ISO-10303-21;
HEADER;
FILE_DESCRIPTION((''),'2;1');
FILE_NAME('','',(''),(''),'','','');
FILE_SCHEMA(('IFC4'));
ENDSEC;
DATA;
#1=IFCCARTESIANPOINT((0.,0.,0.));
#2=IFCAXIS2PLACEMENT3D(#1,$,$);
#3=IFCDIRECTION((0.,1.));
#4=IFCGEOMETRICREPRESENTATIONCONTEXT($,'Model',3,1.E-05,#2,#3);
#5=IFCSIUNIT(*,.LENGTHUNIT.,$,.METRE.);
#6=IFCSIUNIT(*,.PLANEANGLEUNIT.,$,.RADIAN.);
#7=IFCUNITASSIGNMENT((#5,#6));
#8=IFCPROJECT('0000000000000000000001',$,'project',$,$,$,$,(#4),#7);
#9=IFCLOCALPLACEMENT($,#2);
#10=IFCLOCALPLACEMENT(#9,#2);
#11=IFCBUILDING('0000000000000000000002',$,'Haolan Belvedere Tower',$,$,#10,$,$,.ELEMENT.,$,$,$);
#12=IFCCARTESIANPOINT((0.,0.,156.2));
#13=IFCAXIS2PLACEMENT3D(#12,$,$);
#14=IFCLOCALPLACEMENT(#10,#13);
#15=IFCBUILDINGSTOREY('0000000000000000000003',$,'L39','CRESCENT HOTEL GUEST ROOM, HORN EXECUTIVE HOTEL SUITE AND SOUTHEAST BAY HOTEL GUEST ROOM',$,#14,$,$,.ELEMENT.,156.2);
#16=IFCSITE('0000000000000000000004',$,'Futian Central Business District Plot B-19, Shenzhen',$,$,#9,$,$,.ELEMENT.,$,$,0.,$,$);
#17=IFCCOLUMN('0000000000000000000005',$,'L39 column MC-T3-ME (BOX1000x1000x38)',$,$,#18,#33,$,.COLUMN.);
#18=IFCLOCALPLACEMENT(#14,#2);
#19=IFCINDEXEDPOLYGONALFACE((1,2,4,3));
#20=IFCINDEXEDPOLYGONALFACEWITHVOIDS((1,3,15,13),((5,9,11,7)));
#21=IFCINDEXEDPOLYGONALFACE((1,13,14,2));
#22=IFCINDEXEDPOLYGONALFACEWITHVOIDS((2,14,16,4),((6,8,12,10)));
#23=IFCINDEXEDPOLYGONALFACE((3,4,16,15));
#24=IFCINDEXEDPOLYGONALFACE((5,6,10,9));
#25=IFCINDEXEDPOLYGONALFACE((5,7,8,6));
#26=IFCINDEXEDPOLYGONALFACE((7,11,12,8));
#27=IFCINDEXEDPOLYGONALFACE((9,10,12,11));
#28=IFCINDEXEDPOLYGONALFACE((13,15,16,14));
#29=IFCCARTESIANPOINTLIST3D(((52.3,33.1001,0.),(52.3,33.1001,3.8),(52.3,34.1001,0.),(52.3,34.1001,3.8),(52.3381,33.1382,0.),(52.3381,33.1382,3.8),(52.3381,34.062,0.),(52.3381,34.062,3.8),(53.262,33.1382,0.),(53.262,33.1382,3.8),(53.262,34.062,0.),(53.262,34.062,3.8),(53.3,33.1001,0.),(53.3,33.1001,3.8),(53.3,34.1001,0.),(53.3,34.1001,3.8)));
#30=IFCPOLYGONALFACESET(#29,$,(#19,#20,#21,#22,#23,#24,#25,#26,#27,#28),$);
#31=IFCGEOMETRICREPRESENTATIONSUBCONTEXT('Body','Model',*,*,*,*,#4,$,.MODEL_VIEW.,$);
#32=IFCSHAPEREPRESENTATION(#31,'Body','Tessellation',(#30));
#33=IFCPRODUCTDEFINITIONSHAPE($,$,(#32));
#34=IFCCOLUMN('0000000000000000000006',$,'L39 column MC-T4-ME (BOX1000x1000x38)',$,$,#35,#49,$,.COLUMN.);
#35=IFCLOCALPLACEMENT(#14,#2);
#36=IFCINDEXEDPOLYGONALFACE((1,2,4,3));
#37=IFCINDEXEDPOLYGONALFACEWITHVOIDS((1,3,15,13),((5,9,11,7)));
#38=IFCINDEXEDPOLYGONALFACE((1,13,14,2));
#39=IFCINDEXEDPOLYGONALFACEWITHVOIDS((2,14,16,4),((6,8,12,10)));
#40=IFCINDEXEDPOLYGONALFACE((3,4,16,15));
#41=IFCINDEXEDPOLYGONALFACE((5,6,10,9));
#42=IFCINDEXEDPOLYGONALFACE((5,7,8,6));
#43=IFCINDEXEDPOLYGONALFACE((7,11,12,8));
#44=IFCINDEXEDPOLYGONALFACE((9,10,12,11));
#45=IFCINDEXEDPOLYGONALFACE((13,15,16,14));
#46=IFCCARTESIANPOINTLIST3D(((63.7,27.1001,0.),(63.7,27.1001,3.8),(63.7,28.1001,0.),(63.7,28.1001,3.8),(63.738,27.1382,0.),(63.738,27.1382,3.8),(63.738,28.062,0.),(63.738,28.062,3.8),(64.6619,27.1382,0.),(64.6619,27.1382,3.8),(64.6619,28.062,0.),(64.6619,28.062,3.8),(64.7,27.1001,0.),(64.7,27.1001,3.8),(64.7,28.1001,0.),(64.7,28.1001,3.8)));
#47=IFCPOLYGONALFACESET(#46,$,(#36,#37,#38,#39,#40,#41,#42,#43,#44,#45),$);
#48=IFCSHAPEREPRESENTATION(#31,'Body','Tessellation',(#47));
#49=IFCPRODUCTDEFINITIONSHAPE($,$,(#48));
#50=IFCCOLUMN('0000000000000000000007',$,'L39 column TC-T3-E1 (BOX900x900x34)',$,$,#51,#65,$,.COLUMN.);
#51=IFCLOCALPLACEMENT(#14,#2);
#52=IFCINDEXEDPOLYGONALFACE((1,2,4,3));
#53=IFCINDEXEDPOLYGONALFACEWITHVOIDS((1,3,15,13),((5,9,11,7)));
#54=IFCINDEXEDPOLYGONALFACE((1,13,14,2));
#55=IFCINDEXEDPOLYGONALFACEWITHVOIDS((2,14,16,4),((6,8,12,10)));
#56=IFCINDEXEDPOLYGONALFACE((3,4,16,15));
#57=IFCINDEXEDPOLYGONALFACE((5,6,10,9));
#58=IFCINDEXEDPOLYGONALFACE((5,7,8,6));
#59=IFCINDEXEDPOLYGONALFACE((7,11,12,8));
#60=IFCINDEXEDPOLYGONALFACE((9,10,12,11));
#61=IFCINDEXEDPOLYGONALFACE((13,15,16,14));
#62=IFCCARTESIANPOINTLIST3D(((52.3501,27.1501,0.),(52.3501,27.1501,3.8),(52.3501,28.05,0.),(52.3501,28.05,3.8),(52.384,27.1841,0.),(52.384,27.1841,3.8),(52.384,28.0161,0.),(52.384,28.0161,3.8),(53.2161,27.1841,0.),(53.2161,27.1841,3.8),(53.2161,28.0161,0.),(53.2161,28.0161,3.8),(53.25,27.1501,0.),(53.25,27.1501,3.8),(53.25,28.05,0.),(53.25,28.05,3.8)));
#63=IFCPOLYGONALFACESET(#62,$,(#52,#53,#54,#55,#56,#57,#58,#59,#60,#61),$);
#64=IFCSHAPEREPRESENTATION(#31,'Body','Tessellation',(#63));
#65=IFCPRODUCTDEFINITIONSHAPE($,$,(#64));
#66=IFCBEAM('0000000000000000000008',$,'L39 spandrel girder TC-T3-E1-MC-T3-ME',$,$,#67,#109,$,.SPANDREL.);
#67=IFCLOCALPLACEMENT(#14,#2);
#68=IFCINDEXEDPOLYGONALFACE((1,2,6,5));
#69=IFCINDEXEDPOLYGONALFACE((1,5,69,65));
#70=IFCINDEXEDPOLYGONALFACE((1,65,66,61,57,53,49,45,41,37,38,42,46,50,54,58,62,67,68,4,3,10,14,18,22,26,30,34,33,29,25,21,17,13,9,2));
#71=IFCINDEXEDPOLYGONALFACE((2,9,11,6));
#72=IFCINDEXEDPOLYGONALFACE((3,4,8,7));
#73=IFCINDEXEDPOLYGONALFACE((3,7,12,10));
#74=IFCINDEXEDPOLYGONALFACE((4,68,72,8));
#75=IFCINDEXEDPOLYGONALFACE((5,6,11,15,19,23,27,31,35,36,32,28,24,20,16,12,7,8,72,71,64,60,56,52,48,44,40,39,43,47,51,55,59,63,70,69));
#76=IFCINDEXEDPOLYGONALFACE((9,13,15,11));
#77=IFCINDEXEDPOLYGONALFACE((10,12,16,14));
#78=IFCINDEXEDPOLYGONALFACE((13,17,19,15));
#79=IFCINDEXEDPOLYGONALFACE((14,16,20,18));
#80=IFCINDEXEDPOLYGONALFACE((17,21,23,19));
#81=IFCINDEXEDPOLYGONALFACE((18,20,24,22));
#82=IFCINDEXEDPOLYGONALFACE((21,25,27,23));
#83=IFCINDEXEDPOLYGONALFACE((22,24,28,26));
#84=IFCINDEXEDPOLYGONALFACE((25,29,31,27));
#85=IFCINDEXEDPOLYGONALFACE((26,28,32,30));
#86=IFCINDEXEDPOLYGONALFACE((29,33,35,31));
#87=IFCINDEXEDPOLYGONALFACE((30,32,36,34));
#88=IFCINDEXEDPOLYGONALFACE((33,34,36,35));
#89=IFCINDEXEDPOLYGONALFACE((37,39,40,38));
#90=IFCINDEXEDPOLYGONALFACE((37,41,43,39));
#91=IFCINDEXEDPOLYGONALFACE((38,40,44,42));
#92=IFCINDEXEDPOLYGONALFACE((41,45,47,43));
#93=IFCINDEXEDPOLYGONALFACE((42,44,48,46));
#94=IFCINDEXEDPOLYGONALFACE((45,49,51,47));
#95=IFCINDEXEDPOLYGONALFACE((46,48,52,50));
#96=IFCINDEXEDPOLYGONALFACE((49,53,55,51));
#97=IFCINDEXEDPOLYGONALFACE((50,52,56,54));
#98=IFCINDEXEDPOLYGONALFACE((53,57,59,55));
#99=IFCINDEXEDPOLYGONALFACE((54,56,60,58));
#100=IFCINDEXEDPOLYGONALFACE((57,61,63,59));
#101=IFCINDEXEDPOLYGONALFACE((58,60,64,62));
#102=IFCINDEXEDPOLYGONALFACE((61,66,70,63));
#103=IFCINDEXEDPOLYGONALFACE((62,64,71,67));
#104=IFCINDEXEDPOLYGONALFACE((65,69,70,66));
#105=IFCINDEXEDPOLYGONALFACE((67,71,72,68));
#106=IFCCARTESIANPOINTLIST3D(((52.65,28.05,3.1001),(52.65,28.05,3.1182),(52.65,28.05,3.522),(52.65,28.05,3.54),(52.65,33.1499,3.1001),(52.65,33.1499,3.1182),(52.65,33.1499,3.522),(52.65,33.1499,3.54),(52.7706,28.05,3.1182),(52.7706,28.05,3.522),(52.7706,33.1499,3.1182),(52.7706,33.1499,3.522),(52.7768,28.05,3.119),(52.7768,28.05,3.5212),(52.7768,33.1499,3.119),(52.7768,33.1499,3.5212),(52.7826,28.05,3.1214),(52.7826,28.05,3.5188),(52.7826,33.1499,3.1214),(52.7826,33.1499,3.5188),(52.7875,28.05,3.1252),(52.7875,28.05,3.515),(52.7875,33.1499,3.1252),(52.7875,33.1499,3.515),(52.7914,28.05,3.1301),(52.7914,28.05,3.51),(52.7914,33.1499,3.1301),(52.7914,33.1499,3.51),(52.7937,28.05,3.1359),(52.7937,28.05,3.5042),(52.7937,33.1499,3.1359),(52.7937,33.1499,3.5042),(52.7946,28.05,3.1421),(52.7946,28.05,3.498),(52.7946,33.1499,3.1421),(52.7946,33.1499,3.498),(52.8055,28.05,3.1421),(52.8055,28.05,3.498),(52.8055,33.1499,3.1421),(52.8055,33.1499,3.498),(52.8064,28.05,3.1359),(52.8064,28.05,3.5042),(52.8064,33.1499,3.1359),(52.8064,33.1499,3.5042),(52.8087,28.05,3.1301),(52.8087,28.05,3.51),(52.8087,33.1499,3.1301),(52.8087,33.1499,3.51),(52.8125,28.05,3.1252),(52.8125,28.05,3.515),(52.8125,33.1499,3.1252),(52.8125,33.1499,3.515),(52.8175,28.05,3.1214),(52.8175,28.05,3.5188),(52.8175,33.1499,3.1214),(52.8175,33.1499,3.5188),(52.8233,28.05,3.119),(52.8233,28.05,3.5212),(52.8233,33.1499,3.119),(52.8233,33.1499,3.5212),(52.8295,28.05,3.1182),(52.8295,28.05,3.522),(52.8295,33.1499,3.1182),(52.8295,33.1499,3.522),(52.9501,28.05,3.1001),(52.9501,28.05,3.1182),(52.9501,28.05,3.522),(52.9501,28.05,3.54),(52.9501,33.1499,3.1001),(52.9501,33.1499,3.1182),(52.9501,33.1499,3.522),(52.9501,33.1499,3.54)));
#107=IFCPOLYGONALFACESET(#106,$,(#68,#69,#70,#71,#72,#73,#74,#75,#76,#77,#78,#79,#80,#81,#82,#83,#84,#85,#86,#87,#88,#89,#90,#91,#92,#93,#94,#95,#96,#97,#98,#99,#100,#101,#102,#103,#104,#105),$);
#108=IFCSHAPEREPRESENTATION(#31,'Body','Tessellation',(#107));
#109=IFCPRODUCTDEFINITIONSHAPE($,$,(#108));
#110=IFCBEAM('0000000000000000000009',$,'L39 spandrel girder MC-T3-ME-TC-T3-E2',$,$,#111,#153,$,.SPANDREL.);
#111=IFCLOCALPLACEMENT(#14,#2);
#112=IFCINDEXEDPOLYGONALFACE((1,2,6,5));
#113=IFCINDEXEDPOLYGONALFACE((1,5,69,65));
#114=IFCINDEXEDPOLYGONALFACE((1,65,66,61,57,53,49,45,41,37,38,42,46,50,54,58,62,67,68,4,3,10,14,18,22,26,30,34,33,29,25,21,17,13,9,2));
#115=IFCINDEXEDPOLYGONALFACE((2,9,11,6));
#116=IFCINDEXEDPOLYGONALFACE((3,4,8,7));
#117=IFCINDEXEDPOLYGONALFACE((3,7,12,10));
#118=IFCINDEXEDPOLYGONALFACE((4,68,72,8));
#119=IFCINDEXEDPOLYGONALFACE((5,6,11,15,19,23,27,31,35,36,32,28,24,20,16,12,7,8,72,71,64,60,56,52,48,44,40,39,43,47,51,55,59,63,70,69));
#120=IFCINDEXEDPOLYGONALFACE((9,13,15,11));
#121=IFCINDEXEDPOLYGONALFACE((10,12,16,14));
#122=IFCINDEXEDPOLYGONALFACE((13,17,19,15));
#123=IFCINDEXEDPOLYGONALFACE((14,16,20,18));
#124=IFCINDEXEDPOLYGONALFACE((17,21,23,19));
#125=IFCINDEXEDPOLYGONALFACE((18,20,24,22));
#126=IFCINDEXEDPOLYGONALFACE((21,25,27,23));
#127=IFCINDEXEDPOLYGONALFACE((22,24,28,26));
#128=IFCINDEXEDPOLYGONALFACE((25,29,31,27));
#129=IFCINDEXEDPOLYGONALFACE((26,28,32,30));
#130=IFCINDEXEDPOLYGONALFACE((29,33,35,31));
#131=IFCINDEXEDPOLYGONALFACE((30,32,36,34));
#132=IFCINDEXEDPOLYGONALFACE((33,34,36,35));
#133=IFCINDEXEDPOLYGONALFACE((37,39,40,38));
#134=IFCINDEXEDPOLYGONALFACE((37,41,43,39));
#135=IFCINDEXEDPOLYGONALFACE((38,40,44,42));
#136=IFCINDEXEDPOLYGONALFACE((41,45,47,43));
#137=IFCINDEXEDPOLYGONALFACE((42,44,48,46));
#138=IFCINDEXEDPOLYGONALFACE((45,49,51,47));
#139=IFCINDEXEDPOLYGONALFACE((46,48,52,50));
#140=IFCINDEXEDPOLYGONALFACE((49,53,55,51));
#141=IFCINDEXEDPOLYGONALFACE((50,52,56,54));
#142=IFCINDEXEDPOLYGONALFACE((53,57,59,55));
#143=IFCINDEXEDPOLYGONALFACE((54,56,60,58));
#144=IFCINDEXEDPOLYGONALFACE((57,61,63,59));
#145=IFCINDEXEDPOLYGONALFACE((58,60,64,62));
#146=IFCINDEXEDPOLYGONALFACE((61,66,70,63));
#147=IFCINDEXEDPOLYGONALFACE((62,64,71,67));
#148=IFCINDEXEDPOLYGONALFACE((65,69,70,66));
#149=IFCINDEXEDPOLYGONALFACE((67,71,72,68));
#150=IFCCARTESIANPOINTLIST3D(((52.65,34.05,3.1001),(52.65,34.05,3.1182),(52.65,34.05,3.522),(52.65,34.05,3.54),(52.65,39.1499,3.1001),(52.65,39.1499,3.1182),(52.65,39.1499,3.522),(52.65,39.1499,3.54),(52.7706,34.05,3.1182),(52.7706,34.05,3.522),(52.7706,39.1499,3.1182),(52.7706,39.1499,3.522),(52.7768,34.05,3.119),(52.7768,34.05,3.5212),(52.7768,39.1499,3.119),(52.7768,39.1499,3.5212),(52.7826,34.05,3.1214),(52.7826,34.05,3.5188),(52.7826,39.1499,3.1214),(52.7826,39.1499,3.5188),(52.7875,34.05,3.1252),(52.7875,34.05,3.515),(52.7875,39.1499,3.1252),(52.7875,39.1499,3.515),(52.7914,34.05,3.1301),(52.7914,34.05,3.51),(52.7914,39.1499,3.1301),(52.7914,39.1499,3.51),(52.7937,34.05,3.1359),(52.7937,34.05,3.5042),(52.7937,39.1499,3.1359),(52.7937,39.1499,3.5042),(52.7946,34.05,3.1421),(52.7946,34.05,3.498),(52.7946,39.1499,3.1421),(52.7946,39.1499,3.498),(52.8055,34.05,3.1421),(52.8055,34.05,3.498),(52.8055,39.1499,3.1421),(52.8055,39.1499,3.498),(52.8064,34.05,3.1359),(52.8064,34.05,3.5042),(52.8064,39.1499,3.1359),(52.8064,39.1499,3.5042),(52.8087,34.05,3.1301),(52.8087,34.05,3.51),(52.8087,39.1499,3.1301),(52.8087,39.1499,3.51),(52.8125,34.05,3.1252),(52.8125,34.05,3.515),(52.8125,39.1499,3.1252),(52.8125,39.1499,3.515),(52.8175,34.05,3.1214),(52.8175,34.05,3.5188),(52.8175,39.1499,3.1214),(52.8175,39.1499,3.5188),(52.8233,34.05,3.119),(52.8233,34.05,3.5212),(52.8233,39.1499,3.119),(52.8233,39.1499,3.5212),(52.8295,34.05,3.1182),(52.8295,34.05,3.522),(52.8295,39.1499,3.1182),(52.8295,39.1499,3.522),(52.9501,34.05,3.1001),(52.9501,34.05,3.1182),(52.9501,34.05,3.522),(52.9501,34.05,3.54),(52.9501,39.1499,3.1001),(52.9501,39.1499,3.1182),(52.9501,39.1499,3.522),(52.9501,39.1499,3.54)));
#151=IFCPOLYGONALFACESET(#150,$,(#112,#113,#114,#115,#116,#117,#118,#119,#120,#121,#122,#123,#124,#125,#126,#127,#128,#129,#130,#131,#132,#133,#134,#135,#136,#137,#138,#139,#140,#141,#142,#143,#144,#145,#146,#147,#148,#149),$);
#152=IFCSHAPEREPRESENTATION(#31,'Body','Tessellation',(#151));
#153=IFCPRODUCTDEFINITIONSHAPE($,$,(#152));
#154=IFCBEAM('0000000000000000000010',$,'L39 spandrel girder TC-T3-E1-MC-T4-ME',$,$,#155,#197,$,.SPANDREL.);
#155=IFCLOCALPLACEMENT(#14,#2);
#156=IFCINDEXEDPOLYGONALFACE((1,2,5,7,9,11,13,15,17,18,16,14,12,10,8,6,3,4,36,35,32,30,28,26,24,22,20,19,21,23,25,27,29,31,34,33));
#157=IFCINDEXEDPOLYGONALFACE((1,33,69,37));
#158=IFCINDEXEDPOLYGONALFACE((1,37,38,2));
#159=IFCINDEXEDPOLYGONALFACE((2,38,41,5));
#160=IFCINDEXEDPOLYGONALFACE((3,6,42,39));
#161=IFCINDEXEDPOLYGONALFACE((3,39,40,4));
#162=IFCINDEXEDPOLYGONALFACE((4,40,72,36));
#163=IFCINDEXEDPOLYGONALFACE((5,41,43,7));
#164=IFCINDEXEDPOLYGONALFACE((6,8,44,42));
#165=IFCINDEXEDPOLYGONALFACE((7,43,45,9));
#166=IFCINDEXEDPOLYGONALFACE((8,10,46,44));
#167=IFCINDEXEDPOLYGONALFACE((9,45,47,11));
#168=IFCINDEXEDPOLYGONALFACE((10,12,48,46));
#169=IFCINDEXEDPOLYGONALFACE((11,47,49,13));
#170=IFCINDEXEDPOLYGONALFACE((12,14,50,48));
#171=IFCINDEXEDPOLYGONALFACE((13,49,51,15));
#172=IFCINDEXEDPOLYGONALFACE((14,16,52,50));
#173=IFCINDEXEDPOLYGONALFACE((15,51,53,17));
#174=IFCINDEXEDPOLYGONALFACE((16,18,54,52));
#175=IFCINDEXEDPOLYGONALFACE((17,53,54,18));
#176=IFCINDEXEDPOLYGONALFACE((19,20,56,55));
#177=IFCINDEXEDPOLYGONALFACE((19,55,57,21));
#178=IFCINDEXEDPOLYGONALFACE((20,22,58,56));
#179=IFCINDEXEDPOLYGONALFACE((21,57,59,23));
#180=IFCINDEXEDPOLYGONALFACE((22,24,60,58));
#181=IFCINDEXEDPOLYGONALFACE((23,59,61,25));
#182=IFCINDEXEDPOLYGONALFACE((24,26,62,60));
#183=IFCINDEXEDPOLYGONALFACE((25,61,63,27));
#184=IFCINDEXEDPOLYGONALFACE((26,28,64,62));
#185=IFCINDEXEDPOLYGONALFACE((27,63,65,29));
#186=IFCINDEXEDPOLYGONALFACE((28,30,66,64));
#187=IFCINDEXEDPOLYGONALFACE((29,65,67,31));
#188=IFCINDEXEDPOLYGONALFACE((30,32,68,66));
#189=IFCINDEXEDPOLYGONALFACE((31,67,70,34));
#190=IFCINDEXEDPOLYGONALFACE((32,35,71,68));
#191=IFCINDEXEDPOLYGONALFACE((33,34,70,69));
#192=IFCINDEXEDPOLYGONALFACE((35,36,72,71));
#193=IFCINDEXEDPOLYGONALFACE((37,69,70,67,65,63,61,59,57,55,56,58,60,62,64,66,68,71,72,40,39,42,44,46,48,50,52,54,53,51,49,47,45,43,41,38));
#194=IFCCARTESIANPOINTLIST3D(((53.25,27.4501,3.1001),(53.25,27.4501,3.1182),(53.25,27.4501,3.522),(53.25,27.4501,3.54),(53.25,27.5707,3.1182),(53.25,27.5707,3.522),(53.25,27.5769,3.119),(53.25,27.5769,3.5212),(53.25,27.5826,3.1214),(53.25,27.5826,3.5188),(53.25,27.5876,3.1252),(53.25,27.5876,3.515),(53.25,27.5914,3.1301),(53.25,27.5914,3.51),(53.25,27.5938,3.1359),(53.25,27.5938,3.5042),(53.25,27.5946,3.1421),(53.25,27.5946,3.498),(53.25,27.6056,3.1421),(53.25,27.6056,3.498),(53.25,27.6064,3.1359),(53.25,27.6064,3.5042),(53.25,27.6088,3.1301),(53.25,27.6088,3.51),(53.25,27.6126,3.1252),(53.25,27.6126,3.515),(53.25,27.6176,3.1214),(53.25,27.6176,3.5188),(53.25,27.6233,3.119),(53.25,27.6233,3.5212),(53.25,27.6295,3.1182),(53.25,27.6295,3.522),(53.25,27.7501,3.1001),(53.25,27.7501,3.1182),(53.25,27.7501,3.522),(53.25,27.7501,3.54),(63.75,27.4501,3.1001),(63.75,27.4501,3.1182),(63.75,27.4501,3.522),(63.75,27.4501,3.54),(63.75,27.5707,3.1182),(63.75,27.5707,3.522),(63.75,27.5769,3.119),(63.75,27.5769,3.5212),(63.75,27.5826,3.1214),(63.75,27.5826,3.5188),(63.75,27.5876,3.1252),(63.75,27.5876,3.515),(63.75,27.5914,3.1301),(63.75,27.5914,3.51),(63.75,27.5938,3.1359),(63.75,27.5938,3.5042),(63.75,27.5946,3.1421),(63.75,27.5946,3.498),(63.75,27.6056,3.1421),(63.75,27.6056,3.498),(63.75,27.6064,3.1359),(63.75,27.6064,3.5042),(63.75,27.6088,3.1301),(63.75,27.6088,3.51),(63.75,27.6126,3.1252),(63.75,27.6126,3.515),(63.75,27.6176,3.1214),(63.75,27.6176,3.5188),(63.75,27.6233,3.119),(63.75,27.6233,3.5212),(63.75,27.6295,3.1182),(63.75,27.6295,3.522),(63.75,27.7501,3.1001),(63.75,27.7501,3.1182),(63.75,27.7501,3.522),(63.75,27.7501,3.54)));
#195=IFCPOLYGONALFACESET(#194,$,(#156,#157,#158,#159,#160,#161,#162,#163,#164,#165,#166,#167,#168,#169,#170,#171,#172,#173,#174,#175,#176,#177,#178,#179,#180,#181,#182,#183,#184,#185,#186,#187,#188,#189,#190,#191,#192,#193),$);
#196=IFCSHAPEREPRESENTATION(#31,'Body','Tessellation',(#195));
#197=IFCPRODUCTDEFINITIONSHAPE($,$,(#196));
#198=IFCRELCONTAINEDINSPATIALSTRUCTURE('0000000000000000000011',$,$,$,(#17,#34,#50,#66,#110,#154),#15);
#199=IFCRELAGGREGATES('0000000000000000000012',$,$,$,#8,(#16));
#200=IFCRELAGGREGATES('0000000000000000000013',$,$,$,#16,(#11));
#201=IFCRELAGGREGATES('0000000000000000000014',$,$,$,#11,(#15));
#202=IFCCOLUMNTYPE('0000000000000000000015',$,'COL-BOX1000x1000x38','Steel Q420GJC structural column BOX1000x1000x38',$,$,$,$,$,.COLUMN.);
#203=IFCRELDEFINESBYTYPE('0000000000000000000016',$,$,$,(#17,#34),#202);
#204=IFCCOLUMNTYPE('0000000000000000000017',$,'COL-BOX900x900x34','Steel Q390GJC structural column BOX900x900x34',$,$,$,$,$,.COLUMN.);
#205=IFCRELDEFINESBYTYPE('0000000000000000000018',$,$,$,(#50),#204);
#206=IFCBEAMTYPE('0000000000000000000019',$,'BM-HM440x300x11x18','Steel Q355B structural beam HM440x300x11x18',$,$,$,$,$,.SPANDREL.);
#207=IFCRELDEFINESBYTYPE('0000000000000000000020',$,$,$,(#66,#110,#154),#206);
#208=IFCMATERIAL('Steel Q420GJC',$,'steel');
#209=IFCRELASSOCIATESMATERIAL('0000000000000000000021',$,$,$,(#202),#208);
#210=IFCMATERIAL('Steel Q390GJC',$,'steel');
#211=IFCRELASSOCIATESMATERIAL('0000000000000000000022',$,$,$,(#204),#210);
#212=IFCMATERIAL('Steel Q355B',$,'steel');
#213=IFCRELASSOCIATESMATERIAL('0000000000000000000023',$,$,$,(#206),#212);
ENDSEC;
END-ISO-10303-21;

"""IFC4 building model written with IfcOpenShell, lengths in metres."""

from ifc_helpers import new_model, si_unit, direction, frame, origin, origin_2d, place, context, subcontext, project, spatial, hollow_rectangle, i_section, extrude, material, material_profile, profile_set, type_object, element, save


model = new_model("IFC4")

# Units and contexts
model_context = context("Model", 3, precision=1e-05, world=origin(), true_north=direction((0.0, 1.0)))
body_context = subcontext(model_context, "Body", "Model", "MODEL_VIEW")
ifc_project = project(units=[si_unit("LENGTHUNIT", "METRE"), si_unit("PLANEANGLEUNIT", "RADIAN")], contexts=[model_context])

# Site, building, storey
site_placement = place(None, origin())
site = spatial("IfcSite", under=ifc_project, at=site_placement, Name="Futian Central Business District Plot B-19, Shenzhen", CompositionType="ELEMENT", RefElevation=0.0)
building_placement = place(site_placement, origin())
building = spatial("IfcBuilding", under=site, at=building_placement, Name="Haolan Belvedere Tower", CompositionType="ELEMENT")
storey_placement = place(building_placement, frame((0.0, 0.0, 156.2)))
storey = spatial("IfcBuildingStorey", under=building, at=storey_placement, Name="L39", Description="CRESCENT HOTEL GUEST ROOM, HORN EXECUTIVE HOTEL SUITE AND SOUTHEAST BAY HOTEL GUEST ROOM", CompositionType="ELEMENT", Elevation=156.2)

# Columns
ifc_material_1 = material(Name="Steel Q420GJC", Category="steel")
ifc_material_profile_1 = material_profile(ifc_material_1, hollow_rectangle(XDim=1.0, YDim=1.0, WallThickness=0.0381, at=origin_2d()), Name="Steel Q420GJC")
ifc_profile_set_1 = profile_set([ifc_material_profile_1], Name="Steel Q420GJC")
column_type_1 = type_object("IfcColumnType", Name="COL-BOX1000x1000x38", Description="Steel Q420GJC structural column BOX1000x1000x38", PredefinedType="COLUMN", material=ifc_profile_set_1)
for number, where, z_axis, x_axis, name in (
    (1, (52.8, 33.6001, 0.0), (0.0, 0.0, 1.0), (1.0, 0.0, 0.0), "L39 column MC-T3-ME (BOX1000x1000x38)"),
    (2, (64.2, 27.6001, 0.0), (0.0, 0.0, 1.0), (1.0, 0.0, 0.0), "L39 column MC-T4-ME (BOX1000x1000x38)"),
):
    element("IfcColumn", number, at=place(storey_placement, frame(where, z_axis=z_axis, x_axis=x_axis)), inside=storey, type_object=column_type_1, Name=name, PredefinedType="COLUMN", context=body_context, shape_type="SweptSolid", body=[
        extrude(hollow_rectangle(XDim=1.0, YDim=1.0, WallThickness=0.0381, at=origin_2d()), origin(), (0.0, 0.0, 1.0), 3.8),
    ])
ifc_material_2 = material(Name="Steel Q390GJC", Category="steel")
ifc_material_profile_2 = material_profile(ifc_material_2, hollow_rectangle(XDim=0.8999, YDim=0.8999, WallThickness=0.0339, at=origin_2d()), Name="Steel Q390GJC")
ifc_profile_set_2 = profile_set([ifc_material_profile_2], Name="Steel Q390GJC")
column_type_2 = type_object("IfcColumnType", Name="COL-BOX900x900x34", Description="Steel Q390GJC structural column BOX900x900x34", PredefinedType="COLUMN", material=ifc_profile_set_2)
column_placement = place(storey_placement, frame((52.8, 27.6001, 0.0), z_axis=(0.0, 0.0, 1.0), x_axis=(1.0, 0.0, 0.0)))
element("IfcColumn", 3, at=column_placement, inside=storey, type_object=column_type_2, Name="L39 column TC-T3-E1 (BOX900x900x34)", PredefinedType="COLUMN", context=body_context, shape_type="SweptSolid", body=[
    extrude(hollow_rectangle(XDim=0.8999, YDim=0.8999, WallThickness=0.0339, at=origin_2d()), origin(), (0.0, 0.0, 1.0), 3.8),
])

# Beams
ifc_material_3 = material(Name="Steel Q355B", Category="steel")
ifc_material_profile_3 = material_profile(ifc_material_3, i_section(OverallWidth=0.3, OverallDepth=0.4399, WebThickness=0.011, FlangeThickness=0.0181, FilletRadius=0.0239, at=origin_2d()), Name="Steel Q355B")
ifc_profile_set_3 = profile_set([ifc_material_profile_3], Name="Steel Q355B")
beam_type = type_object("IfcBeamType", Name="BM-HM440x300x11x18", Description="Steel Q355B structural beam HM440x300x11x18", PredefinedType="SPANDREL", material=ifc_profile_set_3)
for number, where, z_axis, x_axis, name in (
    (4, (52.8, 28.05, 3.3201), (0.0, 1.0, 0.0), (-1.0, 0.0, 0.0), "L39 spandrel girder TC-T3-E1-MC-T3-ME"),
    (5, (52.8, 34.05, 3.3201), (0.0, 1.0, 0.0), (-1.0, 0.0, 0.0), "L39 spandrel girder MC-T3-ME-TC-T3-E2"),
):
    element("IfcBeam", number, at=place(storey_placement, frame(where, z_axis=z_axis, x_axis=x_axis)), inside=storey, type_object=beam_type, Name=name, PredefinedType="SPANDREL", context=body_context, shape_type="SweptSolid", body=[
        extrude(i_section(OverallWidth=0.3, OverallDepth=0.4399, WebThickness=0.011, FlangeThickness=0.0181, FilletRadius=0.0239, at=origin_2d()), origin(), (0.0, 0.0, 1.0), 5.0999),
    ])
beam_placement = place(storey_placement, frame((53.25, 27.6001, 3.3201), z_axis=(1.0, 0.0, 0.0), x_axis=(0.0, 1.0, 0.0)))
element("IfcBeam", 6, at=beam_placement, inside=storey, type_object=beam_type, Name="L39 spandrel girder TC-T3-E1-MC-T4-ME", PredefinedType="SPANDREL", context=body_context, shape_type="SweptSolid", body=[
    extrude(i_section(OverallWidth=0.3, OverallDepth=0.4399, WebThickness=0.011, FlangeThickness=0.0181, FilletRadius=0.0239, at=origin_2d()), origin(), (0.0, 0.0, 1.0), 10.5),
])

save(model, "model.ifc")
